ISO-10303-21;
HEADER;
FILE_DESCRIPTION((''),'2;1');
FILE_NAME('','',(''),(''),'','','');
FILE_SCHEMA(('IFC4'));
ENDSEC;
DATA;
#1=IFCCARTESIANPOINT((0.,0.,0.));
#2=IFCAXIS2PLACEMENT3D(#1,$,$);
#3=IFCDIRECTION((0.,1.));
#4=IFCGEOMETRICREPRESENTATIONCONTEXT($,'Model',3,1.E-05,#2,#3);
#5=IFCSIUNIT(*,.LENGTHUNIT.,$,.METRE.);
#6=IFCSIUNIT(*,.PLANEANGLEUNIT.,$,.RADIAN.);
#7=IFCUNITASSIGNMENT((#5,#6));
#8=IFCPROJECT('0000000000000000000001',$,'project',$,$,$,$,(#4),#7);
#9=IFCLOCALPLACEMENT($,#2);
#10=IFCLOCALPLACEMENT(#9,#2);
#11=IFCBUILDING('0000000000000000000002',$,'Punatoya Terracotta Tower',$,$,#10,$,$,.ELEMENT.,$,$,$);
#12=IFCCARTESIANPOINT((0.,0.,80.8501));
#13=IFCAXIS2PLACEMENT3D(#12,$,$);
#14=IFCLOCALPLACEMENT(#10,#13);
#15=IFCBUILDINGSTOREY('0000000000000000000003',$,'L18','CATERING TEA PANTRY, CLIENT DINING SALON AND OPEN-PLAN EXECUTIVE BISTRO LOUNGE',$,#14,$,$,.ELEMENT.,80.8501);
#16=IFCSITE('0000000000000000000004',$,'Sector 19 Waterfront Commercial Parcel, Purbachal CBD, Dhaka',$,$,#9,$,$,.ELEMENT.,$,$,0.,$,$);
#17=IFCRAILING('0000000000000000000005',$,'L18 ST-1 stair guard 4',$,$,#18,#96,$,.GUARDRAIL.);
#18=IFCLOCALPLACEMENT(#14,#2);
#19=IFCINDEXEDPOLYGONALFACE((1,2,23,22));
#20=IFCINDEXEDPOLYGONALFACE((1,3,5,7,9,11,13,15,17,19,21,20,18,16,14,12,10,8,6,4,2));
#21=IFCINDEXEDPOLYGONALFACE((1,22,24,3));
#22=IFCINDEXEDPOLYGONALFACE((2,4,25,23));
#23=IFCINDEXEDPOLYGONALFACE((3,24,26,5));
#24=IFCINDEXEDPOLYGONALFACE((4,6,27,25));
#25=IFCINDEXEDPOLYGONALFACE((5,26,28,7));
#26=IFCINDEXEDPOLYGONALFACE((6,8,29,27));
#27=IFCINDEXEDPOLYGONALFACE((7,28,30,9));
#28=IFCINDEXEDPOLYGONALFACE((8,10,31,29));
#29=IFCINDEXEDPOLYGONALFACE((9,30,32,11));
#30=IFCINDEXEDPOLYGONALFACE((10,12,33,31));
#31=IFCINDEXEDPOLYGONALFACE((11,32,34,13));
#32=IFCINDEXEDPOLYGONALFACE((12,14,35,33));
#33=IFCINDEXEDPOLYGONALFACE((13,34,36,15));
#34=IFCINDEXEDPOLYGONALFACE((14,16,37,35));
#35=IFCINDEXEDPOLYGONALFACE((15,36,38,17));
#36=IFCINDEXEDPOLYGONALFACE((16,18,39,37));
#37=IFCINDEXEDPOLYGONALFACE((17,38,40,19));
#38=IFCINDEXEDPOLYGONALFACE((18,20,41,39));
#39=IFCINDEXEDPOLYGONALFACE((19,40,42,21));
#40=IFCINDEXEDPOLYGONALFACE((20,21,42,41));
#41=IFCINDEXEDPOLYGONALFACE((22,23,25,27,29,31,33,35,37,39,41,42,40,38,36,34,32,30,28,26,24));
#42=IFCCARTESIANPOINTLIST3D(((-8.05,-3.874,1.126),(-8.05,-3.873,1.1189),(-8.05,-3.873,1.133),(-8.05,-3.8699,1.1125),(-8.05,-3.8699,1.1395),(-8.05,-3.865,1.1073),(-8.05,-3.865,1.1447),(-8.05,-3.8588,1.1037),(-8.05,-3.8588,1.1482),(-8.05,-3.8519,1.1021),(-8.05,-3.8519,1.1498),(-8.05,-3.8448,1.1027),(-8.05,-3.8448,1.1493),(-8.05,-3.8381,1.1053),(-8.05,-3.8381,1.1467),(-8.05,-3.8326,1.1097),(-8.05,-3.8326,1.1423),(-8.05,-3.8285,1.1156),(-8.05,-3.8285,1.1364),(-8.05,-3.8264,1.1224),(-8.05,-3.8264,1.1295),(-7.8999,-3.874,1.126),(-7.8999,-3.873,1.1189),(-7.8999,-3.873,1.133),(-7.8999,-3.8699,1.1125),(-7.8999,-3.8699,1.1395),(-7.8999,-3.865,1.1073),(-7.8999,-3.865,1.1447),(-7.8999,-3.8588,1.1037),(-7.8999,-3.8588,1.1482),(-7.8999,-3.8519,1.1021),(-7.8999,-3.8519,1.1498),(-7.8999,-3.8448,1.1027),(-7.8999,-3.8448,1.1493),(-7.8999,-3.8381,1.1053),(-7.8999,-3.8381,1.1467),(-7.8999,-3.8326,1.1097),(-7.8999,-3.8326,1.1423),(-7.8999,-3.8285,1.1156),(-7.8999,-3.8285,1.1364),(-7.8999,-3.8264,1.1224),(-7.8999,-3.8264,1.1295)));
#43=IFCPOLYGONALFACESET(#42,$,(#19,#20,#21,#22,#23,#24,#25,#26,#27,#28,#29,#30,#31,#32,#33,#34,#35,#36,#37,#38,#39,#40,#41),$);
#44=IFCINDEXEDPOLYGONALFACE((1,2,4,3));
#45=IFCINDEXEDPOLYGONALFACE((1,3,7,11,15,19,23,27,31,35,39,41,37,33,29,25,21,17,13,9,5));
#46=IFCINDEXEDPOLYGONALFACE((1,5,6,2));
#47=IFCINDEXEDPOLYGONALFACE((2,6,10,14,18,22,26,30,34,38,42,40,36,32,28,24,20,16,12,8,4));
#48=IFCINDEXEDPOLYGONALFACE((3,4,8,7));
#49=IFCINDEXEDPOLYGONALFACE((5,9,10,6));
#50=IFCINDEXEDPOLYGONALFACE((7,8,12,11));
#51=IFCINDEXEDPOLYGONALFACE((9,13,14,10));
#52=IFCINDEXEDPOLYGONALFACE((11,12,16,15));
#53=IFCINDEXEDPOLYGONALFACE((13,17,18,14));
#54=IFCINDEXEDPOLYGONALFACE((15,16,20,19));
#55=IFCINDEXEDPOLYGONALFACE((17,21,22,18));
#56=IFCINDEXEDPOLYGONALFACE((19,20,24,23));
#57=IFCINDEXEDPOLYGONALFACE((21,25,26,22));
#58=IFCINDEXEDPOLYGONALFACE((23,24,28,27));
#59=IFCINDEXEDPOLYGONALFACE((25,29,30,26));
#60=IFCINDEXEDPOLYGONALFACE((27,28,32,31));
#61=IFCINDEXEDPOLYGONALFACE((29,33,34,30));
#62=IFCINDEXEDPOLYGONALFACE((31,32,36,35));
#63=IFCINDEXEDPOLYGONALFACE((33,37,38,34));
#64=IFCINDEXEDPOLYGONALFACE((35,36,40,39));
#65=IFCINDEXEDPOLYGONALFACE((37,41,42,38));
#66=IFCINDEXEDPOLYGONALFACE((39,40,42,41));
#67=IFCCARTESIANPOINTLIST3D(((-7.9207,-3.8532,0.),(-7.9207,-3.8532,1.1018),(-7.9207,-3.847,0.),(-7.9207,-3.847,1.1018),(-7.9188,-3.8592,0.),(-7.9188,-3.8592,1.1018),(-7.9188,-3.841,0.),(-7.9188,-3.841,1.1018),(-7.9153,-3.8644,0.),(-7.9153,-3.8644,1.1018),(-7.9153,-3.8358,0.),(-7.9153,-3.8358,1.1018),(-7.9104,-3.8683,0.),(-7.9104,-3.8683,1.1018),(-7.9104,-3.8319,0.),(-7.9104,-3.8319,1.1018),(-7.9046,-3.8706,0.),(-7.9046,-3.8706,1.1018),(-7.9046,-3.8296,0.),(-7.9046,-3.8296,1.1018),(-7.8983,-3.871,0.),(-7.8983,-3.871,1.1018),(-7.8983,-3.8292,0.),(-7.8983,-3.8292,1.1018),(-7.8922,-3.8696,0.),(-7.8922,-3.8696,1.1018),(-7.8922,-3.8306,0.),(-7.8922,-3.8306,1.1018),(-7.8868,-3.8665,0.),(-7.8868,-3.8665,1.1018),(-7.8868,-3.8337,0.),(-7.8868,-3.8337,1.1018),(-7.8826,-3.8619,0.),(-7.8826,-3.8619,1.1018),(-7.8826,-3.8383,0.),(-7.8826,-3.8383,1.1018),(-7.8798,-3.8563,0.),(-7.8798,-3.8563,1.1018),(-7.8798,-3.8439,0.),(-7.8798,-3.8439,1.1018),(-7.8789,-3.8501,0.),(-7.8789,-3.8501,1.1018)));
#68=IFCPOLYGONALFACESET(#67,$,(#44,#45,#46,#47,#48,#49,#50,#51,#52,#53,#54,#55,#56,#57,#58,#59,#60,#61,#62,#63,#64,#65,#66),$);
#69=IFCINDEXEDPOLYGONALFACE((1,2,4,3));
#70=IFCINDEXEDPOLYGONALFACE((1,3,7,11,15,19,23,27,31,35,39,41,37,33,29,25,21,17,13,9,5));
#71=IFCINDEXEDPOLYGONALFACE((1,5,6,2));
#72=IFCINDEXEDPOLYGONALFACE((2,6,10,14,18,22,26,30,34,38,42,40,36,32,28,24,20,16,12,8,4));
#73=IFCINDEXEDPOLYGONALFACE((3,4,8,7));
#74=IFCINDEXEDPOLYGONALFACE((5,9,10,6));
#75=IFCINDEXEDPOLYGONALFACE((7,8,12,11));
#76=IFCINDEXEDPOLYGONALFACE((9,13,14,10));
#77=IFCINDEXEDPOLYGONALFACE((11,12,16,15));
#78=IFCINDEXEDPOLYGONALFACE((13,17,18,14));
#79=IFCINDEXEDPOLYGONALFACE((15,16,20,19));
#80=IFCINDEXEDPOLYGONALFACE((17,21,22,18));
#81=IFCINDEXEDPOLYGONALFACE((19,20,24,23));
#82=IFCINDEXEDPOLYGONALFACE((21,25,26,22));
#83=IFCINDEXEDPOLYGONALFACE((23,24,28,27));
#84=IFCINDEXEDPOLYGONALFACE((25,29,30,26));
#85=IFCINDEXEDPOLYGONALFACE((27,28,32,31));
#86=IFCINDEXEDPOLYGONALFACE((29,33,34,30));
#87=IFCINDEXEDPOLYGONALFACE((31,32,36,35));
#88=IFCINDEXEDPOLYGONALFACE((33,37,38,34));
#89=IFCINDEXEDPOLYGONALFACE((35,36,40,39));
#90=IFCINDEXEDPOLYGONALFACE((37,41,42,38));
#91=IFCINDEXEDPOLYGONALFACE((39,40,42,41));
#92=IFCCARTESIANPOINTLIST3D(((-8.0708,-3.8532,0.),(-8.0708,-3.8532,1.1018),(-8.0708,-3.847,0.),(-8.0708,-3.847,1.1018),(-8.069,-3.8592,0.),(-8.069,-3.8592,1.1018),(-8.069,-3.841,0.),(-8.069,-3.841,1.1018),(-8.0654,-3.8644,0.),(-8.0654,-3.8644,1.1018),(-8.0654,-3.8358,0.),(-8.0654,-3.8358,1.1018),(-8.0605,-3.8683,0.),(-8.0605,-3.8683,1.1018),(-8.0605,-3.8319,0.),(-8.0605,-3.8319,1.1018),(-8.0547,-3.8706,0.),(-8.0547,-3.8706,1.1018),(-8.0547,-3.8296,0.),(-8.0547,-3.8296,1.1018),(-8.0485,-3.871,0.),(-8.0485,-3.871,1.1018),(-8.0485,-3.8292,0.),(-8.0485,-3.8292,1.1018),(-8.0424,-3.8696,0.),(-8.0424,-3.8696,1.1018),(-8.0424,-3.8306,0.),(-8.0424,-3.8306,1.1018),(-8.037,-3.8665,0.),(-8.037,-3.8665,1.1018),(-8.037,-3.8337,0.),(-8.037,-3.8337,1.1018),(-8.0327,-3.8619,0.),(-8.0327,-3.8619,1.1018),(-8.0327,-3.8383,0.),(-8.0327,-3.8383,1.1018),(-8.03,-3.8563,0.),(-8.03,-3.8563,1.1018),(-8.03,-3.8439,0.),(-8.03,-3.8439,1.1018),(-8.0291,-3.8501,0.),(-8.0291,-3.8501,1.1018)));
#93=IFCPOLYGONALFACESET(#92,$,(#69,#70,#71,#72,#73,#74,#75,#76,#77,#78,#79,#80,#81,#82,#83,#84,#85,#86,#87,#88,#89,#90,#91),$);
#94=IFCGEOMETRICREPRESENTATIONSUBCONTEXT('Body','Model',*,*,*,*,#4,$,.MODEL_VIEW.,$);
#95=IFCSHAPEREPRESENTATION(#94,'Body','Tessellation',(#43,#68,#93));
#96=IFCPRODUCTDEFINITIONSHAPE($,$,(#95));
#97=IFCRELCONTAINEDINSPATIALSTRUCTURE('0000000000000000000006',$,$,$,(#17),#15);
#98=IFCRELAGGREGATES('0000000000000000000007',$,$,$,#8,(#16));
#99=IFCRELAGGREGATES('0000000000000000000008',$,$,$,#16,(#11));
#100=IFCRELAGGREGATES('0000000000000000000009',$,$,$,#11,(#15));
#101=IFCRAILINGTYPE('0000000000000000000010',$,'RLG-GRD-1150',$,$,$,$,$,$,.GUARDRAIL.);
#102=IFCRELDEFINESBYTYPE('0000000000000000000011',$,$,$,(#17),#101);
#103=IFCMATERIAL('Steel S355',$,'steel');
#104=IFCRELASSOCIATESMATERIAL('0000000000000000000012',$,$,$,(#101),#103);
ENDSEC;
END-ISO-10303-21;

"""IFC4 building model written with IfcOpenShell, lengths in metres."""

from ifc_helpers import new_model, si_unit, direction, frame, origin, origin_2d, place, context, subcontext, project, spatial, circle, extrude, material, type_object, element, save


model = new_model("IFC4")

# Units and contexts
model_context = context("Model", 3, precision=1e-05, world=origin(), true_north=direction((0.0, 1.0)))
body_context = subcontext(model_context, "Body", "Model", "MODEL_VIEW")
ifc_project = project(units=[si_unit("LENGTHUNIT", "METRE"), si_unit("PLANEANGLEUNIT", "RADIAN")], contexts=[model_context])

# Site, building, storey
site_placement = place(None, origin())
site = spatial("IfcSite", under=ifc_project, at=site_placement, Name="Sector 19 Waterfront Commercial Parcel, Purbachal CBD, Dhaka", CompositionType="ELEMENT", RefElevation=0.0)
building_placement = place(site_placement, origin())
building = spatial("IfcBuilding", under=site, at=building_placement, Name="Punatoya Terracotta Tower", CompositionType="ELEMENT")
storey_placement = place(building_placement, frame((0.0, 0.0, 80.8501)))
storey = spatial("IfcBuildingStorey", under=building, at=storey_placement, Name="L18", Description="CATERING TEA PANTRY, CLIENT DINING SALON AND OPEN-PLAN EXECUTIVE BISTRO LOUNGE", CompositionType="ELEMENT", Elevation=80.8501)

# Shared definitions
ifc_material_1 = material(Name="Steel S355", Category="steel")

# Railing
railing_type_1 = type_object("IfcRailingType", Name="RLG-GRD-1150", PredefinedType="GUARDRAIL", material=ifc_material_1)
railing_1_placement = place(storey_placement, frame((-7.8999, -3.8501, 0.0)))
element("IfcRailing", 1, at=railing_1_placement, inside=storey, type_object=railing_type_1, Name="L18 ST-1 stair guard 4", PredefinedType="GUARDRAIL", context=body_context, shape_type="SweptSolid", body=[
    extrude(circle(Radius=0.0239, at=origin_2d()), frame((0.0, 0.0, 1.126), z_axis=(-1.0, 0.0, 0.0), x_axis=(0.0, -1.0, 0.0)), (0.0, 0.0, 1.0), 0.1501),
    extrude(circle(Radius=0.021, at=origin_2d()), origin(), (0.0, 0.0, 1.0), 1.1018),
    extrude(circle(Radius=0.021, at=origin_2d()), frame((-0.1501, 0.0, 0.0)), (0.0, 0.0, 1.0), 1.1018),
])

save(model, "model.ifc")
